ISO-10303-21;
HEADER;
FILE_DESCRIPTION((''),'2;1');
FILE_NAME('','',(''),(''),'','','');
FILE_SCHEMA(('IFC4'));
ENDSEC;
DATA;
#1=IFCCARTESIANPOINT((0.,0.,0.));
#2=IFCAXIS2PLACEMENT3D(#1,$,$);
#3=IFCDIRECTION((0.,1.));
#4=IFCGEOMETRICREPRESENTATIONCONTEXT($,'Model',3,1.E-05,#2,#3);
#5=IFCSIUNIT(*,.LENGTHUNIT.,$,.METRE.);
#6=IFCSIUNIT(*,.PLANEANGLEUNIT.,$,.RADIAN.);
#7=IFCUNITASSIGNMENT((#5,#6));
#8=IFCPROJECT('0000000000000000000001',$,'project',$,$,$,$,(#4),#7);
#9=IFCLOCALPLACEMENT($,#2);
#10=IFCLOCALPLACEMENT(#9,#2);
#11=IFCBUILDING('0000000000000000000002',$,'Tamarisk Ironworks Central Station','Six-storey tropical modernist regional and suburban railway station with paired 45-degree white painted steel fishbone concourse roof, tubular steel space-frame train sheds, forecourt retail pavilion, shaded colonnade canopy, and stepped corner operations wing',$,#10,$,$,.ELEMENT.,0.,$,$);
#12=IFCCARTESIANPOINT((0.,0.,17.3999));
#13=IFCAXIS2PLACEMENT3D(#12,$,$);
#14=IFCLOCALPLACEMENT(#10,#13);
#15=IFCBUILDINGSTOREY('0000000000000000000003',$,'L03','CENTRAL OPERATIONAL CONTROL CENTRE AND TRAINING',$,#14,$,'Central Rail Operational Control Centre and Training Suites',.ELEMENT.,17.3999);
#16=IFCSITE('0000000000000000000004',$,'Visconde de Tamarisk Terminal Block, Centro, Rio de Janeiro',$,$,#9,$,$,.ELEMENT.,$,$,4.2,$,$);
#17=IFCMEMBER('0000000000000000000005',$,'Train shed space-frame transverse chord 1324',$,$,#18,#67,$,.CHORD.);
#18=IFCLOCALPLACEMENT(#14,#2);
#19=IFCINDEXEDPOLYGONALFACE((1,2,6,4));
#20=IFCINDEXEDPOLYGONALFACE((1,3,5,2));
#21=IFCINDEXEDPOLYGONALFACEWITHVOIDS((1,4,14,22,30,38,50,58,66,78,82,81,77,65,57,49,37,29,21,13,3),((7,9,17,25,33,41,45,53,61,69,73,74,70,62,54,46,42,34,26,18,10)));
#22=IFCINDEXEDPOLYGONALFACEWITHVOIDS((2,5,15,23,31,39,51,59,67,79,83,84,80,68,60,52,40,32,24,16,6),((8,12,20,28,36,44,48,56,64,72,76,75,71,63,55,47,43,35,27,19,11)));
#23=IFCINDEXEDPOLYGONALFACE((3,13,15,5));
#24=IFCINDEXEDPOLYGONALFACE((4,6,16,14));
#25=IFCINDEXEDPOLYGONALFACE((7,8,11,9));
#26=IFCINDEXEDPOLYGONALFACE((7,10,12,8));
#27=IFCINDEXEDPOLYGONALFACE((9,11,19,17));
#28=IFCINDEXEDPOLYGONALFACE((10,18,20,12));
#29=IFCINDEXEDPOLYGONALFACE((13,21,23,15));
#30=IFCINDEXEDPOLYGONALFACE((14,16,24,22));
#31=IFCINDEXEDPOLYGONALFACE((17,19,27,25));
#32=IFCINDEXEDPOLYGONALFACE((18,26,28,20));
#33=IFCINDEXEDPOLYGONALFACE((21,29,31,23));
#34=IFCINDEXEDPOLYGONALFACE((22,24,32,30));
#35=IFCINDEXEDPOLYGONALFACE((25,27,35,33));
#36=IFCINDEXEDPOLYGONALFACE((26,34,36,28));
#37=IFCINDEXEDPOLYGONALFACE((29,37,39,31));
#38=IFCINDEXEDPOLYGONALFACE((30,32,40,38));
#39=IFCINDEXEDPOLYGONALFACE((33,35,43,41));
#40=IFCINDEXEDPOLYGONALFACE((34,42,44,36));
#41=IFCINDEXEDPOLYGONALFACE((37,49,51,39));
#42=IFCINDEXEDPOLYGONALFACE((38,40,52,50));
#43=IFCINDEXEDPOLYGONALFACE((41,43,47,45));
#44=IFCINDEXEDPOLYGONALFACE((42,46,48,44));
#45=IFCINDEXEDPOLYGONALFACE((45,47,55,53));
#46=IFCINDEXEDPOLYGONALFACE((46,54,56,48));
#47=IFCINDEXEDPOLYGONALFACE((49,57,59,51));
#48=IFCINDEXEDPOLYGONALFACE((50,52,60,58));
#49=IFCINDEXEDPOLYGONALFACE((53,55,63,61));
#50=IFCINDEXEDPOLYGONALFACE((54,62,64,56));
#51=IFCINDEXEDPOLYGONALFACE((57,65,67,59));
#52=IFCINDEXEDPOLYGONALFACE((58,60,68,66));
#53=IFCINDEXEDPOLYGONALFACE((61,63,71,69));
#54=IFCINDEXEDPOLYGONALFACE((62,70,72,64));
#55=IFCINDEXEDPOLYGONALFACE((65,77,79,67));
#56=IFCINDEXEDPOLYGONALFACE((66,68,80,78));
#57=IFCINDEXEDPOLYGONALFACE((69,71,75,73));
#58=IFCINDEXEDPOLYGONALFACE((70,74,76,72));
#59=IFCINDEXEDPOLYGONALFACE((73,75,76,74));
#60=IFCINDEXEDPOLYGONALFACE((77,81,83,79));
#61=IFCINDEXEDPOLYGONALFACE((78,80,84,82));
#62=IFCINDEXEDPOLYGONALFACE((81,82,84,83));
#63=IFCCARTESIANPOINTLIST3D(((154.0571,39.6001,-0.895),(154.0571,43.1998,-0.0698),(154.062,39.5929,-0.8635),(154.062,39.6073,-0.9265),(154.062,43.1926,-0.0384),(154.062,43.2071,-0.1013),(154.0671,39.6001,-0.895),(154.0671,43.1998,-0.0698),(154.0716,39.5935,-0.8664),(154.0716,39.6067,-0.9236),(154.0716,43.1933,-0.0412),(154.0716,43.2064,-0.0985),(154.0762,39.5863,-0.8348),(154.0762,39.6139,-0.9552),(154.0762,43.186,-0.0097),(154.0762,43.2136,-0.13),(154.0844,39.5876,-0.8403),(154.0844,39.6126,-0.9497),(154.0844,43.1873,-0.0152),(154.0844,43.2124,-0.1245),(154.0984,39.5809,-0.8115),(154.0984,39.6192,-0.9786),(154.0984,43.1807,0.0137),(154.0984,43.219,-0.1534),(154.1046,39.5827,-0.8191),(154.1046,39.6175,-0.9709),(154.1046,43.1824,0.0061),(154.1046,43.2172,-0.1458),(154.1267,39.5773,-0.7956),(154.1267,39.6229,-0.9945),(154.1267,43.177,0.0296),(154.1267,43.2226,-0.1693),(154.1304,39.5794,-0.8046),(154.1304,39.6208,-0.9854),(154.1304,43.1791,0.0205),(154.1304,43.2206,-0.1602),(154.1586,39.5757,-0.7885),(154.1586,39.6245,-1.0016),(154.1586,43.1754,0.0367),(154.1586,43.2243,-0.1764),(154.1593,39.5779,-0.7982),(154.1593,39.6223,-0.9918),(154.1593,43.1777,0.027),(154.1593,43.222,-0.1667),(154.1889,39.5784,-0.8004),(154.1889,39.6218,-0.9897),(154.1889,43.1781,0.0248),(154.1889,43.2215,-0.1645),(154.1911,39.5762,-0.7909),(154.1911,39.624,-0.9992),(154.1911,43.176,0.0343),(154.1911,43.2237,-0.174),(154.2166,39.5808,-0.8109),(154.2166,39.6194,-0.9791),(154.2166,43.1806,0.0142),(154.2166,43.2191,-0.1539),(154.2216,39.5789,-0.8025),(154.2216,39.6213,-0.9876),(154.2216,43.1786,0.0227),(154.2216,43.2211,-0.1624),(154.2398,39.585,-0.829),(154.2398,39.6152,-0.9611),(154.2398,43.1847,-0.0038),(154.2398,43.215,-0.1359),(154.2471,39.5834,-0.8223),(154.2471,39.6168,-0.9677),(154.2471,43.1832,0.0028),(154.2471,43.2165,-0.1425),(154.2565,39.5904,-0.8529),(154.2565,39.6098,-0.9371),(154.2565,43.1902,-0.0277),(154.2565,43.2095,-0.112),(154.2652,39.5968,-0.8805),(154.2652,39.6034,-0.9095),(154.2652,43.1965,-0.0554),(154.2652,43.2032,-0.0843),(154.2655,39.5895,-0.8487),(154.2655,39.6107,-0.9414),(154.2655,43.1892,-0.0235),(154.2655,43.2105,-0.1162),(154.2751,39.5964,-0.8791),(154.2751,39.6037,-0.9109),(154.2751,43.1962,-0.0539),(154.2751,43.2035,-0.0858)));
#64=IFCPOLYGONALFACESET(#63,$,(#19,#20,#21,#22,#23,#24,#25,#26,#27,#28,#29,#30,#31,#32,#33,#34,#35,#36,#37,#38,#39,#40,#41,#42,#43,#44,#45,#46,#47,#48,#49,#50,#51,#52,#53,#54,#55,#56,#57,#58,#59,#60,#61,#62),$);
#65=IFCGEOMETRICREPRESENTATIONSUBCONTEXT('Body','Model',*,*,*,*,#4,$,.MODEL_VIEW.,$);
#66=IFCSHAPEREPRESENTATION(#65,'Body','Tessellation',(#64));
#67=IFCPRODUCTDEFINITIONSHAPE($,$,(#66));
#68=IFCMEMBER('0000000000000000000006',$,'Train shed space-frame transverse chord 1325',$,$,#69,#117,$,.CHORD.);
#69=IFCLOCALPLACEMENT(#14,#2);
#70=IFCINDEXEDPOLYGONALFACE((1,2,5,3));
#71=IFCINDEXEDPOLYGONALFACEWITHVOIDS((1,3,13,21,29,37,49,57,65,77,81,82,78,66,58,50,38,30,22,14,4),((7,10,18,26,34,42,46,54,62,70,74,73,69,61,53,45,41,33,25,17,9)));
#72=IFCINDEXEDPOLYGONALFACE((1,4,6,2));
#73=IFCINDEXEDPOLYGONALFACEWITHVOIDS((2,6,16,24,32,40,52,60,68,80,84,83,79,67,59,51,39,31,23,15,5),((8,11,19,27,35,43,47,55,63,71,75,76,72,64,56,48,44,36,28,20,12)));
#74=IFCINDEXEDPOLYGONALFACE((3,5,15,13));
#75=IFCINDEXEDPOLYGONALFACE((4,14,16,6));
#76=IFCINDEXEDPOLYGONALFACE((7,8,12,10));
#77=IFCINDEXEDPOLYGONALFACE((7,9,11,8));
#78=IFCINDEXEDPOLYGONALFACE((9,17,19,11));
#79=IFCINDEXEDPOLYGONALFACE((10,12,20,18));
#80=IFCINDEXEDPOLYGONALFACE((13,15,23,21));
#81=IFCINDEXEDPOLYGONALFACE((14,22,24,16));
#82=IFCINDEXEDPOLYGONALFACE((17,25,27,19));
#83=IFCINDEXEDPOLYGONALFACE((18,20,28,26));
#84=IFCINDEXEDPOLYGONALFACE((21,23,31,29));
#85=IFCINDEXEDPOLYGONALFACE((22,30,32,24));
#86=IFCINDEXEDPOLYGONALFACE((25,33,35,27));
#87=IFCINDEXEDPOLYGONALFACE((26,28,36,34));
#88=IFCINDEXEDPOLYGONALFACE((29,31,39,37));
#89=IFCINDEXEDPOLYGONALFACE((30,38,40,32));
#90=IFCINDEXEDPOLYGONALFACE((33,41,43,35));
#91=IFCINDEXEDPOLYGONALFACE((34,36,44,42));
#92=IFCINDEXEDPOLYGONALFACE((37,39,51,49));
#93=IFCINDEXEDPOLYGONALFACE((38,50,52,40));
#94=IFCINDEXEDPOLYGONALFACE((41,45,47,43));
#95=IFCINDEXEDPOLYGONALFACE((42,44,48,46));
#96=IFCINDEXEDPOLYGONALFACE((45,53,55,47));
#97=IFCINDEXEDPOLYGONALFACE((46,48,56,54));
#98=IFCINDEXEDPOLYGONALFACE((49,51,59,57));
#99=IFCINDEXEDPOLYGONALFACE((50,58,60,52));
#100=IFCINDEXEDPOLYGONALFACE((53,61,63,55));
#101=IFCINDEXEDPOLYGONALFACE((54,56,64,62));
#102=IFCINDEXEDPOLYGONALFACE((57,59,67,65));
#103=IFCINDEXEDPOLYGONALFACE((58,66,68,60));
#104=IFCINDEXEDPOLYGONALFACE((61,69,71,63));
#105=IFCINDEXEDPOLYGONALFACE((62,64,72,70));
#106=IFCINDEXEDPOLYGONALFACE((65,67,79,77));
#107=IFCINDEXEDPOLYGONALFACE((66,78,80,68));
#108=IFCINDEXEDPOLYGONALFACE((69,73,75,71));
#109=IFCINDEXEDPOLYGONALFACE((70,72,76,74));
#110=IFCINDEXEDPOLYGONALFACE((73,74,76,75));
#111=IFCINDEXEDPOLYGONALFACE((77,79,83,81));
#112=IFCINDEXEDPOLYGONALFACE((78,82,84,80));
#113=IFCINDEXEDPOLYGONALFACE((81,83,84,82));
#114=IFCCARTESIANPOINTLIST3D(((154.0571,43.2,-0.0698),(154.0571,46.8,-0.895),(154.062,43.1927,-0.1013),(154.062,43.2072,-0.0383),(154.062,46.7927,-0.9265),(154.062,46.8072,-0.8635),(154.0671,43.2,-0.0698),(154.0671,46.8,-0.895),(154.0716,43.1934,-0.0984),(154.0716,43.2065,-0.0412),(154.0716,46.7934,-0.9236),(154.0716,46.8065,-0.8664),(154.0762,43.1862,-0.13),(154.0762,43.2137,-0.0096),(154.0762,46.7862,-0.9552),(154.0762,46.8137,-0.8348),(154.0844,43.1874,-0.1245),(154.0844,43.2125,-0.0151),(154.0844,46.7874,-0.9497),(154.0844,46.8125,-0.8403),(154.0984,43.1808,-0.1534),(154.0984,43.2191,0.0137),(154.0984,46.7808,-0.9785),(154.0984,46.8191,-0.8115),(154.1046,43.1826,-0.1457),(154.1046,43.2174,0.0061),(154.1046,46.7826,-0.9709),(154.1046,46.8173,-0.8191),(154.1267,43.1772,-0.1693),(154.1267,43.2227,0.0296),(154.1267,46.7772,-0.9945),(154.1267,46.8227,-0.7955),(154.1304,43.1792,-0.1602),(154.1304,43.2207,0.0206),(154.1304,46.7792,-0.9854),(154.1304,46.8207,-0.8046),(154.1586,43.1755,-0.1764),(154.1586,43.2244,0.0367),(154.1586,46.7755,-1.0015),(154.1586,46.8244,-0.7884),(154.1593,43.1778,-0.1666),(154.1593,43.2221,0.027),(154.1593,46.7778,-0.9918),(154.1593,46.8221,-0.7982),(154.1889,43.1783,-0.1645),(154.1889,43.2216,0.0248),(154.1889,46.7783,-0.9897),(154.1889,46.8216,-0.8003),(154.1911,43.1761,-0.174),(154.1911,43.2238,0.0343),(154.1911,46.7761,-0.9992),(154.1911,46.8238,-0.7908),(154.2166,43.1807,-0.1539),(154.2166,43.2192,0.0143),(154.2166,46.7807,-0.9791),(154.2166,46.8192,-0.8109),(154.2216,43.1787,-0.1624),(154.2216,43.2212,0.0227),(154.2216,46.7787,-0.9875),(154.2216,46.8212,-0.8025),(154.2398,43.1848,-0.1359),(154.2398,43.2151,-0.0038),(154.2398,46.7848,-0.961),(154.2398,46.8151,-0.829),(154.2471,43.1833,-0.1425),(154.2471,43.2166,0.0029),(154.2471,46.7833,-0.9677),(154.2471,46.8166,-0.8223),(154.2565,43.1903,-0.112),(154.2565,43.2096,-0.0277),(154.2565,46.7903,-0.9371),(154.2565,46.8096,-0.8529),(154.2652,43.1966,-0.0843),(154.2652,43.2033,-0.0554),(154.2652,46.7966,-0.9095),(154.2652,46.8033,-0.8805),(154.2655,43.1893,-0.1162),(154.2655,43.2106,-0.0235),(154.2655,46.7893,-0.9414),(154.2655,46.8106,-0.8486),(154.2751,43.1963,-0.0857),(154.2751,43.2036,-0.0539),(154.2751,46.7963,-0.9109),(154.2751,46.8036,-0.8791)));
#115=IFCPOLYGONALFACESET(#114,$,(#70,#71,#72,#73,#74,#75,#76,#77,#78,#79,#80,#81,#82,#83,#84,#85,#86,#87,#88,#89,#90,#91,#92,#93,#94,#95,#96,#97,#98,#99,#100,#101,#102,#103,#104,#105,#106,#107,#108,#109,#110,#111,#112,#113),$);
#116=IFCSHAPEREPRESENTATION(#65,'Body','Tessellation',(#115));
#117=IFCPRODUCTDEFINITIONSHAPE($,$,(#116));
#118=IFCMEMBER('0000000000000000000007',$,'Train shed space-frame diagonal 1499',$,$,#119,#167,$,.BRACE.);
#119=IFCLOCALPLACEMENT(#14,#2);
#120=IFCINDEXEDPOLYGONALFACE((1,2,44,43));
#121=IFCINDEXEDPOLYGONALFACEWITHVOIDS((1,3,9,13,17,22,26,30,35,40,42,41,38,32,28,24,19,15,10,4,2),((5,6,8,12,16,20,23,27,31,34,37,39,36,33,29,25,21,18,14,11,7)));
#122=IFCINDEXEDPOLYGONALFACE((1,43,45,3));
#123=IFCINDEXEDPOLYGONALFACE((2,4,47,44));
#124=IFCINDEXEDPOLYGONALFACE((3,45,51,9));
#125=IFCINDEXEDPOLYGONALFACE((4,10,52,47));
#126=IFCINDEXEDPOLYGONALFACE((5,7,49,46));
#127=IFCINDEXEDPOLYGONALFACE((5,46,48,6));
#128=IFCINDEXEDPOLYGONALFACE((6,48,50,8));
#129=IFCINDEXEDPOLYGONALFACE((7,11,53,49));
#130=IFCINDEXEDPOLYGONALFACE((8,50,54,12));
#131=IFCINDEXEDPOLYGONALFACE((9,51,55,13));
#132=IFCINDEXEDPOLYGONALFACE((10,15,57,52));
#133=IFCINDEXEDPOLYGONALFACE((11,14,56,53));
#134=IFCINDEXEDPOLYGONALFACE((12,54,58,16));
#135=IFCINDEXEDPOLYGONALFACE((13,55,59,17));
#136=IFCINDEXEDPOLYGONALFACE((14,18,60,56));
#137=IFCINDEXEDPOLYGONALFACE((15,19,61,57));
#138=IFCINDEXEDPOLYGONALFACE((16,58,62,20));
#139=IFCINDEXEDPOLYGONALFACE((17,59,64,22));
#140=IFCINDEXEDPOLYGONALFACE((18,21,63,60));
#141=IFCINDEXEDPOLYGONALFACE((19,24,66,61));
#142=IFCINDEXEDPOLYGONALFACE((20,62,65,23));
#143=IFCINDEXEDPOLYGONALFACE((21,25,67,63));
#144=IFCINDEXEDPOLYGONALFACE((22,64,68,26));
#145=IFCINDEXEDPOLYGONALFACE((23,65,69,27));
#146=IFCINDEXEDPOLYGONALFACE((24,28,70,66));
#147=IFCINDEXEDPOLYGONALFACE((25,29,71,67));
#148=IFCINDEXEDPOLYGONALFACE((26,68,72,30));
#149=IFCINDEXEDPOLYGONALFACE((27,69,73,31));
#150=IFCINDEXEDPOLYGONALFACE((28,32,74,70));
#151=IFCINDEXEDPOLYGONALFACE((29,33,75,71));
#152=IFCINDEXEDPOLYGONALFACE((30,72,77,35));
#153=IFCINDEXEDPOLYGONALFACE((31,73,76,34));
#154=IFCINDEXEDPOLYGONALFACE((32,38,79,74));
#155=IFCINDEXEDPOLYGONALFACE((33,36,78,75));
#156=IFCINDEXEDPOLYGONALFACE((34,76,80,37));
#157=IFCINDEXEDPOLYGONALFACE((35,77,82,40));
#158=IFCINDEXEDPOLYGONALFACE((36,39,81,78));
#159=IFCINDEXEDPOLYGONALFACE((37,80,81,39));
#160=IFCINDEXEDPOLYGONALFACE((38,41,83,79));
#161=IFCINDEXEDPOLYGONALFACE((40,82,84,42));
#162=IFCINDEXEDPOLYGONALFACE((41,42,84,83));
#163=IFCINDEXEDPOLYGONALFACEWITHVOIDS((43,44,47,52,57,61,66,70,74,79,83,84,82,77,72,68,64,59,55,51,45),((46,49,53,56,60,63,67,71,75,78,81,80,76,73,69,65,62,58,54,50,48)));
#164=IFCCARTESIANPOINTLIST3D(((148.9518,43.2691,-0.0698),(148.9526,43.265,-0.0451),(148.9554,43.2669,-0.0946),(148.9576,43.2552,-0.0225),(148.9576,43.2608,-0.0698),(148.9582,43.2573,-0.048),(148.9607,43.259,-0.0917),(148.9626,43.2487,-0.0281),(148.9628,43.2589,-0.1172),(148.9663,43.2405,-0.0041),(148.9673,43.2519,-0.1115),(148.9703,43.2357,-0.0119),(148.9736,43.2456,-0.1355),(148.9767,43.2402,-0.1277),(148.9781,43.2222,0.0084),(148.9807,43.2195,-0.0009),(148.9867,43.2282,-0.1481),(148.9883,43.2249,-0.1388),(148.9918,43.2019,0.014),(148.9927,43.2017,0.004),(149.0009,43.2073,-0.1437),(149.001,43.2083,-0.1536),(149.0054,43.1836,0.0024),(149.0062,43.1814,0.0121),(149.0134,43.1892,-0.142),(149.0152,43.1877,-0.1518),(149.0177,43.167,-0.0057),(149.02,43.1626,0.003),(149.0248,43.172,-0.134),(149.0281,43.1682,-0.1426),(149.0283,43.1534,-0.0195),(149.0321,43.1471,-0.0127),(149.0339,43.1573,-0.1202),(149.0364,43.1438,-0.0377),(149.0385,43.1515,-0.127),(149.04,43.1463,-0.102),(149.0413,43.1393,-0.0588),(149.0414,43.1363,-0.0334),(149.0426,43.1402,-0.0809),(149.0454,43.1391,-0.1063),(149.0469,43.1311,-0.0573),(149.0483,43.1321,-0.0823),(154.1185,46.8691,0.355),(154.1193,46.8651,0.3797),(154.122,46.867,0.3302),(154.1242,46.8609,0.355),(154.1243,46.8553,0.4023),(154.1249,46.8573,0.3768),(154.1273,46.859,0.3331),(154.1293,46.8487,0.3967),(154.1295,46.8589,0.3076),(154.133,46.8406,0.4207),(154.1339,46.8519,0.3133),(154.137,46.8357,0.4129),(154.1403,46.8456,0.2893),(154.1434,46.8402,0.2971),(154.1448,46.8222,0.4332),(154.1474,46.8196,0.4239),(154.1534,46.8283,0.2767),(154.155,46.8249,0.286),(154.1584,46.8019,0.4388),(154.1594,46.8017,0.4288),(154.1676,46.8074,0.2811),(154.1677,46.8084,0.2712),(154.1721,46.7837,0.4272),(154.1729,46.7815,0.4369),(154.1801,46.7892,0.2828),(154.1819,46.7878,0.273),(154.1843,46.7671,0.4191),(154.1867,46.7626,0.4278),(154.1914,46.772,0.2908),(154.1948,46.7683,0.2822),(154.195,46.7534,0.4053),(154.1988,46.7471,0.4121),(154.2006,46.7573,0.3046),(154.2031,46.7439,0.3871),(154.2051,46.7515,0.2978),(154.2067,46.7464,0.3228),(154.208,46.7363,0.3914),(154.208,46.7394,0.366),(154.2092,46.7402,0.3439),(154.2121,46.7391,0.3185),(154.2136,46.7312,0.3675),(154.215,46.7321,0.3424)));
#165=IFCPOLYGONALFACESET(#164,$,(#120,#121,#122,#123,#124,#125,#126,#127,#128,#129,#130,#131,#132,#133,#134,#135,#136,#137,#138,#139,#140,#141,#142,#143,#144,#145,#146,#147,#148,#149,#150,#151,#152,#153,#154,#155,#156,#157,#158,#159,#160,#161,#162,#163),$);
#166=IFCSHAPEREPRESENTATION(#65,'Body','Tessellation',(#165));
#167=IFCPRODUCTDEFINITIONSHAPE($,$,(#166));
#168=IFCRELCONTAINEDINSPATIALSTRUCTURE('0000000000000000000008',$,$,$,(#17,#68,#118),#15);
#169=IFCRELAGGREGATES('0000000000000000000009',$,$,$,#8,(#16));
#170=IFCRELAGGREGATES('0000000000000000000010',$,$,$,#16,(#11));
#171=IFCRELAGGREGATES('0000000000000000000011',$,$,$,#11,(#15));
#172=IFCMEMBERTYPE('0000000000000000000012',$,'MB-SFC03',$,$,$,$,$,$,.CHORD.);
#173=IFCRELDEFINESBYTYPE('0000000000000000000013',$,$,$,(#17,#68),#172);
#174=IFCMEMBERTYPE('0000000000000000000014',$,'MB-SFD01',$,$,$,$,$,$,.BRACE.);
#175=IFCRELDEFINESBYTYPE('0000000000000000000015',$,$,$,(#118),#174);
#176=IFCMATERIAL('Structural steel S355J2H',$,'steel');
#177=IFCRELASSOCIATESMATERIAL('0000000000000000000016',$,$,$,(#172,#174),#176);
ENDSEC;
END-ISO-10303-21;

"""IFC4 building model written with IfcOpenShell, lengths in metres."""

from ifc_helpers import new_model, si_unit, direction, frame, origin, origin_2d, place, context, subcontext, project, spatial, hollow_circle, extrude, material, material_profile, profile_set, type_object, element, save


model = new_model("IFC4")

# Units and contexts
model_context = context("Model", 3, precision=1e-05, world=origin(), true_north=direction((0.0, 1.0)))
body_context = subcontext(model_context, "Body", "Model", "MODEL_VIEW")
ifc_project = project(units=[si_unit("LENGTHUNIT", "METRE"), si_unit("PLANEANGLEUNIT", "RADIAN")], contexts=[model_context])

# Site, building, storey
site_placement = place(None, origin())
site = spatial("IfcSite", under=ifc_project, at=site_placement, Name="Visconde de Tamarisk Terminal Block, Centro, Rio de Janeiro", CompositionType="ELEMENT", RefElevation=4.2)
building_placement = place(site_placement, origin())
building = spatial("IfcBuilding", under=site, at=building_placement, Name="Tamarisk Ironworks Central Station", Description="Six-storey tropical modernist regional and suburban railway station with paired 45-degree white painted steel fishbone concourse roof, tubular steel space-frame train sheds, forecourt retail pavilion, shaded colonnade canopy, and stepped corner operations wing", CompositionType="ELEMENT", ElevationOfRefHeight=0.0)
storey_placement = place(building_placement, frame((0.0, 0.0, 17.3999)))
storey = spatial("IfcBuildingStorey", under=building, at=storey_placement, Name="L03", Description="CENTRAL OPERATIONAL CONTROL CENTRE AND TRAINING", LongName="Central Rail Operational Control Centre and Training Suites", CompositionType="ELEMENT", Elevation=17.3999)

# Members
ifc_material = material(Name="Structural steel S355J2H", Category="steel")
ifc_material_profile_1 = material_profile(ifc_material, hollow_circle(Radius=0.1096, WallThickness=0.01, at=origin_2d()), Name="CHS 219.1x10")
ifc_profile_set_1 = profile_set([ifc_material_profile_1], Name="Structural steel S355J2H")
member_type_1 = type_object("IfcMemberType", Name="MB-SFC03", PredefinedType="CHORD", material=ifc_profile_set_1)
member_1_placement = place(storey_placement, frame((154.1667, 39.6001, -0.895), z_axis=(0.0, 0.974719, 0.223435), x_axis=(-1.0, 0.0, 0.0)))
element("IfcMember", 1, at=member_1_placement, inside=storey, type_object=member_type_1, Name="Train shed space-frame transverse chord 1324", PredefinedType="CHORD", context=body_context, shape_type="SweptSolid", body=[
    extrude(hollow_circle(Radius=0.1096, WallThickness=0.01, at=origin_2d()), origin(), (0.0, 0.0, 1.0), 3.6931),
])
member_2_placement = place(storey_placement, frame((154.1667, 43.2, -0.0698), z_axis=(0.0, 0.974722, -0.223421), x_axis=(-1.0, 0.0, 0.0)))
element("IfcMember", 2, at=member_2_placement, inside=storey, type_object=member_type_1, Name="Train shed space-frame transverse chord 1325", PredefinedType="CHORD", context=body_context, shape_type="SweptSolid", body=[
    extrude(hollow_circle(Radius=0.1096, WallThickness=0.01, at=origin_2d()), origin(), (0.0, 0.0, 1.0), 3.6934),
])
ifc_material_profile_2 = material_profile(ifc_material, hollow_circle(Radius=0.0842, WallThickness=0.01, at=origin_2d()), Name="CHS 168.3x10")
ifc_profile_set_2 = profile_set([ifc_material_profile_2], Name="Structural steel S355J2H")
member_type_2 = type_object("IfcMemberType", Name="MB-SFD01", PredefinedType="BRACE", material=ifc_profile_set_2)
member_3_placement = place(storey_placement, frame((149.0, 43.2, -0.0698), z_axis=(0.81861, 0.570393, 0.067305), x_axis=(-0.571689, 0.82047, 0.0)))
element("IfcMember", 3, at=member_3_placement, inside=storey, type_object=member_type_2, Name="Train shed space-frame diagonal 1499", PredefinedType="BRACE", context=body_context, shape_type="SweptSolid", body=[
    extrude(hollow_circle(Radius=0.0842, WallThickness=0.01, at=origin_2d()), origin(), (0.0, 0.0, 1.0), 6.3115),
])

save(model, "model.ifc")
